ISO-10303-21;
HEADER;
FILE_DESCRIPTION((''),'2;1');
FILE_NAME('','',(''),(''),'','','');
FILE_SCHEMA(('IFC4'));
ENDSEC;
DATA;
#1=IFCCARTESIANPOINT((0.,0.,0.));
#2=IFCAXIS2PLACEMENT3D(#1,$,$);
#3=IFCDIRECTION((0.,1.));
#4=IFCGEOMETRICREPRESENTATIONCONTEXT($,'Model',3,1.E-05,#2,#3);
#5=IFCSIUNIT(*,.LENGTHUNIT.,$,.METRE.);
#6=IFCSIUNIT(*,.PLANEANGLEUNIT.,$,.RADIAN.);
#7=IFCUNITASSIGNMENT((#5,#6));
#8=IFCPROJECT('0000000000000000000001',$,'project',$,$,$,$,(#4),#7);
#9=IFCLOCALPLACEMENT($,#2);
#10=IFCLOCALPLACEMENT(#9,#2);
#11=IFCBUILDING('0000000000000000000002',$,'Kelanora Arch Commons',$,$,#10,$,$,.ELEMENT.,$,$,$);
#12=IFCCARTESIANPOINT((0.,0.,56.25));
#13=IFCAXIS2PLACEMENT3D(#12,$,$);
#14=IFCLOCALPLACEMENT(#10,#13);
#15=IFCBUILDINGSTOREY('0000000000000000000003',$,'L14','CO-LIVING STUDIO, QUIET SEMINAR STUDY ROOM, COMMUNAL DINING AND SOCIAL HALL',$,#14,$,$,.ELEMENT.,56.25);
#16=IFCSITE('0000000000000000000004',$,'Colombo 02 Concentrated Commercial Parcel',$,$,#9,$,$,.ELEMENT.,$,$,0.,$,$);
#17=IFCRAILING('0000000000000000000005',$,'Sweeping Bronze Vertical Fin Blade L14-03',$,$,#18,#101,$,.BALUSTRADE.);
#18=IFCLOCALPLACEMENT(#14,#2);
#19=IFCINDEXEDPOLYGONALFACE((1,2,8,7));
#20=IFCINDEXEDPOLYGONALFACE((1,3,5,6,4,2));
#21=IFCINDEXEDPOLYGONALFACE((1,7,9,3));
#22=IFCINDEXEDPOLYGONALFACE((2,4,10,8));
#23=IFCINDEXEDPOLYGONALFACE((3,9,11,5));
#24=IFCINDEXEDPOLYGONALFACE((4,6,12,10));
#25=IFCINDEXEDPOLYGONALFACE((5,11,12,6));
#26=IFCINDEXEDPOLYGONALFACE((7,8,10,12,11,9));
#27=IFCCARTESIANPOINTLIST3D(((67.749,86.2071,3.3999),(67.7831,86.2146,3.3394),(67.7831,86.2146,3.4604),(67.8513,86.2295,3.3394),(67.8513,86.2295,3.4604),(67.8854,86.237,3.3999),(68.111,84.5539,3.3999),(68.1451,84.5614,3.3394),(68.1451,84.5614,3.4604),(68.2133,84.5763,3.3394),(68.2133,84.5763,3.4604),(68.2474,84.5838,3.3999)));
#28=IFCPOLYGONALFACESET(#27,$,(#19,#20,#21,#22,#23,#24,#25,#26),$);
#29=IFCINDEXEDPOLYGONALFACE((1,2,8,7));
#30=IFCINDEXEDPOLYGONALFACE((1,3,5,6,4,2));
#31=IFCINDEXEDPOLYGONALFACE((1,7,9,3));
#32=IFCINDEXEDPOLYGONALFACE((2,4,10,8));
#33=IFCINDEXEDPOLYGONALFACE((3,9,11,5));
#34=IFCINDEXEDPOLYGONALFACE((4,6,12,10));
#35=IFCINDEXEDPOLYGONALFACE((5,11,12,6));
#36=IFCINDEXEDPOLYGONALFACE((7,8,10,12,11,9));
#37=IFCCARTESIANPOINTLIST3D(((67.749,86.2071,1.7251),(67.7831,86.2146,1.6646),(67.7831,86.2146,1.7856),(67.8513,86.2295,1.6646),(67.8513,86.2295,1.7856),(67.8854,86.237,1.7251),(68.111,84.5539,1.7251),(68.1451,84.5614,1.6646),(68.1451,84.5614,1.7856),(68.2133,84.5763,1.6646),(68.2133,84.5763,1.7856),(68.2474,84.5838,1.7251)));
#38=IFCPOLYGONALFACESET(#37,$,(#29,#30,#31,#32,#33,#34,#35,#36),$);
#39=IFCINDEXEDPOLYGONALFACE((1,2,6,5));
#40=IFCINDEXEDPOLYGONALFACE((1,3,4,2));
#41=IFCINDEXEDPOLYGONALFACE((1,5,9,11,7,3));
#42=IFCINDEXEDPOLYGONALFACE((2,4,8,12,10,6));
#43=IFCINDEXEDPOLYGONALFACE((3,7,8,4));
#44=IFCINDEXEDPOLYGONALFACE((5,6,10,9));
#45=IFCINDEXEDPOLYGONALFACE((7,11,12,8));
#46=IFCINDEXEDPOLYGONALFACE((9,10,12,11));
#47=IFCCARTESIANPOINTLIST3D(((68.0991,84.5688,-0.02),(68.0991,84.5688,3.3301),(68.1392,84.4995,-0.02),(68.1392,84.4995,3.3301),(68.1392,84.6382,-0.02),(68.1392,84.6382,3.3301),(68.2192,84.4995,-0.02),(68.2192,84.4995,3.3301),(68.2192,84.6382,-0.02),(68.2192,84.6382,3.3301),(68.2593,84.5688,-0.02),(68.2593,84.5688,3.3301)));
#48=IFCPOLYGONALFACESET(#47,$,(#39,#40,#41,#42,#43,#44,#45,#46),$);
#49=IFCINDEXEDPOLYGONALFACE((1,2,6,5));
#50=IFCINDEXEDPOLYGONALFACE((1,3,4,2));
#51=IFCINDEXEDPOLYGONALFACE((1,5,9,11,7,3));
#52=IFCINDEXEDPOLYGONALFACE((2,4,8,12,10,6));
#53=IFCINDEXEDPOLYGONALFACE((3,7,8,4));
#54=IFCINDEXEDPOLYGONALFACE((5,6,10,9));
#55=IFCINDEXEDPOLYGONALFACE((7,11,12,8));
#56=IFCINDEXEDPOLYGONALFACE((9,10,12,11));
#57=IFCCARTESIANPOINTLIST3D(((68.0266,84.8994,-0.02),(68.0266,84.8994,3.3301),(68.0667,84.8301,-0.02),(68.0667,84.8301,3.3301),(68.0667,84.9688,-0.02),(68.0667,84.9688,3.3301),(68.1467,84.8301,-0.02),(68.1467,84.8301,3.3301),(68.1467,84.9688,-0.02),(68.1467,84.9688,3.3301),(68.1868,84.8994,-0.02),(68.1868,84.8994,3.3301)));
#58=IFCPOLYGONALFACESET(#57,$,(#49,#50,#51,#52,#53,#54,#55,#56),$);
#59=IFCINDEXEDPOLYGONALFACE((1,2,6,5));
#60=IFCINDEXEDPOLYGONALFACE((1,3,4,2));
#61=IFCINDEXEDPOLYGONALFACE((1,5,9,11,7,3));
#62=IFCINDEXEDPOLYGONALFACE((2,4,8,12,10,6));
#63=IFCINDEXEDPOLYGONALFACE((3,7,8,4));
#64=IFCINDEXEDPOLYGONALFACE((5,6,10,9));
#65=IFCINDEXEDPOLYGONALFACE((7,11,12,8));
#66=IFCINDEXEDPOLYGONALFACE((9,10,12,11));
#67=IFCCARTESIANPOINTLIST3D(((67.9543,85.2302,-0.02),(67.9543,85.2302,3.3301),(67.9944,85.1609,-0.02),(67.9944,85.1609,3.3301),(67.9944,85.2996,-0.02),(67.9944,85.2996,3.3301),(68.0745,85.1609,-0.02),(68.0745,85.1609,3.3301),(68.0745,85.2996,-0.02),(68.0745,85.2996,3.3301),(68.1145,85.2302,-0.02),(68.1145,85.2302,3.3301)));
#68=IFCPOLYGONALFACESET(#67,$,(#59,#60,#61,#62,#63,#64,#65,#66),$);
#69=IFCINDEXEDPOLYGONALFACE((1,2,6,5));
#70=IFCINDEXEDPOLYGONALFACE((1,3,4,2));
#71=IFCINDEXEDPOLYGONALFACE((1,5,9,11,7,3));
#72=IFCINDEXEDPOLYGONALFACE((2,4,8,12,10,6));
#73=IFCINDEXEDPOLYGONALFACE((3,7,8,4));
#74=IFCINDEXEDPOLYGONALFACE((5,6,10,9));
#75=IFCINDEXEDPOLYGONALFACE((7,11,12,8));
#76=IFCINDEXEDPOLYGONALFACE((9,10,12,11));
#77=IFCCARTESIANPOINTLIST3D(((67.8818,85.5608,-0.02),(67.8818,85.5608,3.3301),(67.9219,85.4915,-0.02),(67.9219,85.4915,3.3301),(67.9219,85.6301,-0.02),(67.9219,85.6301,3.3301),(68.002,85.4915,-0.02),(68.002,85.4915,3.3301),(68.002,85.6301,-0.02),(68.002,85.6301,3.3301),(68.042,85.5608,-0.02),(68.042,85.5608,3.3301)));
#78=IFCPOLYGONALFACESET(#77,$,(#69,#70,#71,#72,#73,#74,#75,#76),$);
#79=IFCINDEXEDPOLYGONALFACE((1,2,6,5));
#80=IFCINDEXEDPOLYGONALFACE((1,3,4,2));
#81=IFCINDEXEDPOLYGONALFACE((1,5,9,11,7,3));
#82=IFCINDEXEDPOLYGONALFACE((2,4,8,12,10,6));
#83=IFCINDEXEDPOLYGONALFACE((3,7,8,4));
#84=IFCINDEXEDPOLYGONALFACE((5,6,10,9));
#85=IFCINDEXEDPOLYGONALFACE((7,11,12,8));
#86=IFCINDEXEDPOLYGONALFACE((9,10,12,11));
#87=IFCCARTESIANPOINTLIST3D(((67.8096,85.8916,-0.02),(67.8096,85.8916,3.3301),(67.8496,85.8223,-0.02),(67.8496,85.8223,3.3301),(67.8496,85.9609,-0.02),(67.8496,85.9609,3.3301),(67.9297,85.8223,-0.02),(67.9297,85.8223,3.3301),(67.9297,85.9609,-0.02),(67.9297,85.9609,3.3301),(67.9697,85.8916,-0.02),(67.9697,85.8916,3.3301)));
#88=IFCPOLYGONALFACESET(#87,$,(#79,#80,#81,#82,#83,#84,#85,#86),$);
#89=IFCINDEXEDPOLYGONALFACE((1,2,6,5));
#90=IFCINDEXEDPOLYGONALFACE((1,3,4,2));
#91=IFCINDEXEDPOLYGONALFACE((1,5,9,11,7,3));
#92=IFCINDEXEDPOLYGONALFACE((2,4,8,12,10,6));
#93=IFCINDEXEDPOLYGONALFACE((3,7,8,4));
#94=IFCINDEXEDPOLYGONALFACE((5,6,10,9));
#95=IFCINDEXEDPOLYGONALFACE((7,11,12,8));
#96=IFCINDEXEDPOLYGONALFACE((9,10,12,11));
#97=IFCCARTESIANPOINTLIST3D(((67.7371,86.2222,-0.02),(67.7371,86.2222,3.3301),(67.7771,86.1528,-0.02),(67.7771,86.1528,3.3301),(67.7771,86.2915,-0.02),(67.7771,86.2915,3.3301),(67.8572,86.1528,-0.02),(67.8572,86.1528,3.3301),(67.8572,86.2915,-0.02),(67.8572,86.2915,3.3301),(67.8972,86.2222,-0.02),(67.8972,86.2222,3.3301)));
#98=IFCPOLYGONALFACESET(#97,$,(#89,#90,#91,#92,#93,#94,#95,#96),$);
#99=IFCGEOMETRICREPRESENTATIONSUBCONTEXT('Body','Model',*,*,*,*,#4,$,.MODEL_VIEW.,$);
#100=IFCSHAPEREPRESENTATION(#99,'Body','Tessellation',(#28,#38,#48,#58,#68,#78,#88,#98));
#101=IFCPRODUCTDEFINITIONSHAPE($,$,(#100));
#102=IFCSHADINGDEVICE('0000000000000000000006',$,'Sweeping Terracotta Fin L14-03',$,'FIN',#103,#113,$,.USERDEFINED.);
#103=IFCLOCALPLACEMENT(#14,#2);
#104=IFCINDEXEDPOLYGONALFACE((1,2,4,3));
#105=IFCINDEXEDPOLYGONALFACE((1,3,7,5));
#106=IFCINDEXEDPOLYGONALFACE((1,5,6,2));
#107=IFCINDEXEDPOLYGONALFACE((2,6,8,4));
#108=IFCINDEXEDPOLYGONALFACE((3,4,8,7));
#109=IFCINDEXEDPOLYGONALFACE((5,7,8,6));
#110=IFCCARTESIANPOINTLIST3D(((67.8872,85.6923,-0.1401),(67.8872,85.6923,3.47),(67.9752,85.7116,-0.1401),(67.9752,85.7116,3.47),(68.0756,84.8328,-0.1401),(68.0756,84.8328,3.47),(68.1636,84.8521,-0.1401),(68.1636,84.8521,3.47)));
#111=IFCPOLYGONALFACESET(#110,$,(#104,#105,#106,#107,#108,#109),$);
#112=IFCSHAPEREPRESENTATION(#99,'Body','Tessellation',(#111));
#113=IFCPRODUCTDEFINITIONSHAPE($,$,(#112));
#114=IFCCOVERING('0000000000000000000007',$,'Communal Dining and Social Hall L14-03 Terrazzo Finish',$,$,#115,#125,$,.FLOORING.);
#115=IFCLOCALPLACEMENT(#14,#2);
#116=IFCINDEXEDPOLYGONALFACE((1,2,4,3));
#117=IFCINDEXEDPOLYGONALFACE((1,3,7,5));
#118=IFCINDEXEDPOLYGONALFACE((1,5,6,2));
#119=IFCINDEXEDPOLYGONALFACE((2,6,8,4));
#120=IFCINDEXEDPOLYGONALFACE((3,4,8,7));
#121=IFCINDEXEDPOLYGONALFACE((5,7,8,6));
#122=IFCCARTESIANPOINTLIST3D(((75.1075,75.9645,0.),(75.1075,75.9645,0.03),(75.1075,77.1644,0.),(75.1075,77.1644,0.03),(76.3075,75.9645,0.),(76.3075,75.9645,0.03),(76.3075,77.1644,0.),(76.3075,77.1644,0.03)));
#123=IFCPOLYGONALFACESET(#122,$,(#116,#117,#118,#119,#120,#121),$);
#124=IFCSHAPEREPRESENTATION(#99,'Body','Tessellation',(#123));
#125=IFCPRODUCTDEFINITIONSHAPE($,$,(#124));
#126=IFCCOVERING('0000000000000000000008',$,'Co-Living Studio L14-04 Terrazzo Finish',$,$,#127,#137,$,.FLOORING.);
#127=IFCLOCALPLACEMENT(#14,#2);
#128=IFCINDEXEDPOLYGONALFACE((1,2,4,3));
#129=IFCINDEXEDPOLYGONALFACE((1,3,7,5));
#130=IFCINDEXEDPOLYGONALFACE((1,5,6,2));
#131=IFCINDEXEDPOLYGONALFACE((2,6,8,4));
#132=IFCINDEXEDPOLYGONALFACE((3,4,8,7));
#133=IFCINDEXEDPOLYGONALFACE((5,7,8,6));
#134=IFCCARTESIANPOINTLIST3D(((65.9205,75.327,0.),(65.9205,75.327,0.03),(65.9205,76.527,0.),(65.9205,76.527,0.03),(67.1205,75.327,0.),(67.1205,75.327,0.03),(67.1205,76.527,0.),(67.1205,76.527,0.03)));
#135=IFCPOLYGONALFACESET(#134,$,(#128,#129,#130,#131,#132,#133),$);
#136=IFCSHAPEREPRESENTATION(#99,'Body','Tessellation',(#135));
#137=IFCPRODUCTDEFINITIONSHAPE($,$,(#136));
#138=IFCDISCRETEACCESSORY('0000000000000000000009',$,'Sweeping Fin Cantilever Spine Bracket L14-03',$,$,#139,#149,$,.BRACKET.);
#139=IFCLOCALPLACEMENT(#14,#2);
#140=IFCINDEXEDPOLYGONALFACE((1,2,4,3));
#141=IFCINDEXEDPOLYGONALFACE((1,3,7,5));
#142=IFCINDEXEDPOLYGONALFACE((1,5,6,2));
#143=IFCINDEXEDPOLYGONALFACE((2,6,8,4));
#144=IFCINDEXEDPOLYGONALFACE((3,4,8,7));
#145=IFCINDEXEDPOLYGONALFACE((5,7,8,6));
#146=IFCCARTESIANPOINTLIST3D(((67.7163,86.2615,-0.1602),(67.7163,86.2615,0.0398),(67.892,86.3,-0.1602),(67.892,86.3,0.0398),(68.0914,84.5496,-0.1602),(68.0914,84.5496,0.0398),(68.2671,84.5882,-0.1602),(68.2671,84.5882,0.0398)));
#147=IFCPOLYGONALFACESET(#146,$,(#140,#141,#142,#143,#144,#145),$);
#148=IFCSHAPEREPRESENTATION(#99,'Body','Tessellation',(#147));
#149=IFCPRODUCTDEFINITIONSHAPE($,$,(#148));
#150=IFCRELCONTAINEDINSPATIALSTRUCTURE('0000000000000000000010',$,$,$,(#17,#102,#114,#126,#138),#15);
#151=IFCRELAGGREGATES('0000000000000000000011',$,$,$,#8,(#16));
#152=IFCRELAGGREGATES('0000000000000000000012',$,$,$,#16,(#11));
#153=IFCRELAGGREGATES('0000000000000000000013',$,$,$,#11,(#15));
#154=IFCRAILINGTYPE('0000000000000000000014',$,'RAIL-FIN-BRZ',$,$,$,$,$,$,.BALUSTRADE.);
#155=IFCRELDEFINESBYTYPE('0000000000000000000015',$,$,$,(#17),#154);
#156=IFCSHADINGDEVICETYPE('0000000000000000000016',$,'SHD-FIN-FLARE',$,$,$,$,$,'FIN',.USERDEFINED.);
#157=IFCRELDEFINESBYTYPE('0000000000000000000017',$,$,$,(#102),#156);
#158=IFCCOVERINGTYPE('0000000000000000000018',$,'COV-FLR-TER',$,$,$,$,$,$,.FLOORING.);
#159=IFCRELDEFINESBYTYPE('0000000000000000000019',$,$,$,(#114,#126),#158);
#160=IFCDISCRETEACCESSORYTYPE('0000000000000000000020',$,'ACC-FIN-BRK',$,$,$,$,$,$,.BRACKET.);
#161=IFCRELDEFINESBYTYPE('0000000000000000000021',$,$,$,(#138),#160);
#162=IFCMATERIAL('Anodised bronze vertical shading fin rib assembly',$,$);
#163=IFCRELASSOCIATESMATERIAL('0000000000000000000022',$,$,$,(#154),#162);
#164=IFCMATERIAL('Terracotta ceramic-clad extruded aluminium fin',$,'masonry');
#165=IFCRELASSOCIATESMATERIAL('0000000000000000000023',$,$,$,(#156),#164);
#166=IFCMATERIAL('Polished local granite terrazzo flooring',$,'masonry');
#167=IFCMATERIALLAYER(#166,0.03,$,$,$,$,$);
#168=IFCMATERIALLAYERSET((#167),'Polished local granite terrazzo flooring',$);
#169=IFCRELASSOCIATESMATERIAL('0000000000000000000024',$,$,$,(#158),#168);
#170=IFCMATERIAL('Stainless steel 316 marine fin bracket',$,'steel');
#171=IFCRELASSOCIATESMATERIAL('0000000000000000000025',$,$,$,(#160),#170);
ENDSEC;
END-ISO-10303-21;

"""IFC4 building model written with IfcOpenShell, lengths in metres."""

from ifc_helpers import new_model, si_unit, direction, frame, origin, origin_2d, place, context, subcontext, project, spatial, polyline, rectangle, outline, extrude, source, transform, mapped, material, layer, layer_set, type_object, element, save


model = new_model("IFC4")

# Units and contexts
model_context = context("Model", 3, precision=1e-05, world=origin(), true_north=direction((0.0, 1.0)))
body_context = subcontext(model_context, "Body", "Model", "MODEL_VIEW")
ifc_project = project(units=[si_unit("LENGTHUNIT", "METRE"), si_unit("PLANEANGLEUNIT", "RADIAN")], contexts=[model_context])

# Site, building, storey
site_placement = place(None, origin())
site = spatial("IfcSite", under=ifc_project, at=site_placement, Name="Colombo 02 Concentrated Commercial Parcel", CompositionType="ELEMENT", RefElevation=0.0)
building_placement = place(site_placement, origin())
building = spatial("IfcBuilding", under=site, at=building_placement, Name="Kelanora Arch Commons", CompositionType="ELEMENT")
storey_placement = place(building_placement, frame((0.0, 0.0, 56.25)))
storey = spatial("IfcBuildingStorey", under=building, at=storey_placement, Name="L14", Description="CO-LIVING STUDIO, QUIET SEMINAR STUDY ROOM, COMMUNAL DINING AND SOCIAL HALL", CompositionType="ELEMENT", Elevation=56.25)

# Railing
ifc_material_1 = material(Name="Anodised bronze vertical shading fin rib assembly")
railing_type = type_object("IfcRailingType", Name="RAIL-FIN-BRZ", PredefinedType="BALUSTRADE", material=ifc_material_1)
railing_placement = place(storey_placement, frame((68.1792, 84.5688, -0.02)))
element("IfcRailing", 1, at=railing_placement, inside=storey, type_object=railing_type, Name="Sweeping Bronze Vertical Fin Blade L14-03", PredefinedType="BALUSTRADE", context=body_context, shape_type="SweptSolid", body=[
    extrude(outline(polyline([(0.0698, 0.0), (0.0349, 0.0605), (-0.0349, 0.0605), (-0.0698, 0.0), (-0.0349, -0.0605), (0.0349, -0.0605), (0.0698, 0.0)])), frame((0.0, 0.0, 3.4199), z_axis=(-0.213921, 0.976851, 0.0), x_axis=(-0.976851, -0.213921, 0.0)), (0.0, 0.0, 1.0), 1.6924),
    extrude(outline(polyline([(0.0698, 0.0), (0.0349, 0.0605), (-0.0349, 0.0605), (-0.0698, 0.0), (-0.0349, -0.0605), (0.0349, -0.0605), (0.0698, 0.0)])), frame((0.0, 0.0, 1.7451), z_axis=(-0.213921, 0.976851, 0.0), x_axis=(-0.976851, -0.213921, 0.0)), (0.0, 0.0, 1.0), 1.6924),
    extrude(outline(polyline([(0.0801, 0.0), (0.04, 0.0693), (-0.04, 0.0693), (-0.0801, 0.0), (-0.04, -0.0693), (0.04, -0.0693), (0.0801, 0.0)])), origin(), (0.0, 0.0, 1.0), 3.3501),
    extrude(outline(polyline([(0.0801, 0.0), (0.04, 0.0693), (-0.04, 0.0693), (-0.0801, 0.0), (-0.04, -0.0693), (0.04, -0.0693), (0.0801, 0.0)])), frame((-0.0725, 0.3306, 0.0)), (0.0, 0.0, 1.0), 3.3501),
    extrude(outline(polyline([(0.0801, 0.0), (0.04, 0.0693), (-0.04, 0.0693), (-0.0801, 0.0), (-0.04, -0.0693), (0.04, -0.0693), (0.0801, 0.0)])), frame((-0.1448, 0.6614, 0.0)), (0.0, 0.0, 1.0), 3.3501),
    extrude(outline(polyline([(0.0801, 0.0), (0.04, 0.0693), (-0.04, 0.0693), (-0.0801, 0.0), (-0.04, -0.0693), (0.04, -0.0693), (0.0801, 0.0)])), frame((-0.2173, 0.9919, 0.0)), (0.0, 0.0, 1.0), 3.3501),
    extrude(outline(polyline([(0.0801, 0.0), (0.04, 0.0693), (-0.04, 0.0693), (-0.0801, 0.0), (-0.04, -0.0693), (0.04, -0.0693), (0.0801, 0.0)])), frame((-0.2896, 1.3228, 0.0)), (0.0, 0.0, 1.0), 3.3501),
    extrude(outline(polyline([(0.0801, 0.0), (0.04, 0.0693), (-0.04, 0.0693), (-0.0801, 0.0), (-0.04, -0.0693), (0.04, -0.0693), (0.0801, 0.0)])), frame((-0.3621, 1.6533, 0.0)), (0.0, 0.0, 1.0), 3.3501),
])

# Shading device
ifc_material_2 = material(Name="Terracotta ceramic-clad extruded aluminium fin", Category="masonry")
shading_device_type = type_object("IfcShadingDeviceType", Name="SHD-FIN-FLARE", ElementType="FIN", PredefinedType="USERDEFINED", material=ifc_material_2)
shared_shape_1 = source(origin(), body_context, "Body", "SweptSolid", [
    extrude(rectangle(XDim=0.8799, YDim=0.0901, at=origin_2d()), origin(), (0.0, 0.0, 1.0), 3.6101),
])
shading_device_placement = place(storey_placement, frame((68.0254, 85.2722, -0.1401), z_axis=(0.0, 0.0, 1.0), x_axis=(-0.214053, 0.976822, 0.0)))
element("IfcShadingDevice", 2, at=shading_device_placement, inside=storey, type_object=shading_device_type, Name="Sweeping Terracotta Fin L14-03", ObjectType="FIN", PredefinedType="USERDEFINED", context=body_context, shape_type="MappedRepresentation", body=[
    mapped(shared_shape_1, transform((0.0, 0.0, 0.0), scale=1.0)),
])

# Coverings
ifc_material_3 = material(Name="Polished local granite terrazzo flooring", Category="masonry")
ifc_layer_1 = layer(ifc_material_3, 0.03)
ifc_layer_set_1 = layer_set([ifc_layer_1], Name="Polished local granite terrazzo flooring")
covering_type = type_object("IfcCoveringType", Name="COV-FLR-TER", PredefinedType="FLOORING", material=ifc_layer_set_1)
shared_shape_2 = source(origin(), body_context, "Body", "SweptSolid", [
    extrude(rectangle(XDim=1.2, YDim=1.2, at=origin_2d()), origin(), (0.0, 0.0, 1.0), 0.03),
])
for number, where, z_axis, x_axis, name in (
    (3, (75.7075, 76.5645, 0.0), (0.0, 0.0, 1.0), (1.0, 0.0, 0.0), "Communal Dining and Social Hall L14-03 Terrazzo Finish"),
    (4, (66.5205, 75.927, 0.0), (0.0, 0.0, 1.0), (1.0, 0.0, 0.0), "Co-Living Studio L14-04 Terrazzo Finish"),
):
    element("IfcCovering", number, at=place(storey_placement, frame(where, z_axis=z_axis, x_axis=x_axis)), inside=storey, type_object=covering_type, Name=name, PredefinedType="FLOORING", context=body_context, shape_type="MappedRepresentation", body=[
        mapped(shared_shape_2, transform((0.0, 0.0, 0.0), scale=1.0)),
    ])

# Discrete accessory
ifc_material_4 = material(Name="Stainless steel 316 marine fin bracket", Category="steel")
discrete_accessory_type = type_object("IfcDiscreteAccessoryType", Name="ACC-FIN-BRK", PredefinedType="BRACKET", material=ifc_material_4)
shared_shape_3 = source(origin(), body_context, "Body", "SweptSolid", [
    extrude(rectangle(XDim=1.7524, YDim=0.1799, at=origin_2d()), origin(), (0.0, 0.0, 1.0), 0.2),
])
discrete_accessory_placement = place(storey_placement, frame((67.9917, 85.4248, -0.1602), z_axis=(0.0, 0.0, 1.0), x_axis=(-0.214053, 0.976822, 0.0)))
element("IfcDiscreteAccessory", 5, at=discrete_accessory_placement, inside=storey, type_object=discrete_accessory_type, Name="Sweeping Fin Cantilever Spine Bracket L14-03", PredefinedType="BRACKET", context=body_context, shape_type="MappedRepresentation", body=[
    mapped(shared_shape_3, transform((0.0, 0.0, 0.0), scale=1.0)),
])

save(model, "model.ifc")
